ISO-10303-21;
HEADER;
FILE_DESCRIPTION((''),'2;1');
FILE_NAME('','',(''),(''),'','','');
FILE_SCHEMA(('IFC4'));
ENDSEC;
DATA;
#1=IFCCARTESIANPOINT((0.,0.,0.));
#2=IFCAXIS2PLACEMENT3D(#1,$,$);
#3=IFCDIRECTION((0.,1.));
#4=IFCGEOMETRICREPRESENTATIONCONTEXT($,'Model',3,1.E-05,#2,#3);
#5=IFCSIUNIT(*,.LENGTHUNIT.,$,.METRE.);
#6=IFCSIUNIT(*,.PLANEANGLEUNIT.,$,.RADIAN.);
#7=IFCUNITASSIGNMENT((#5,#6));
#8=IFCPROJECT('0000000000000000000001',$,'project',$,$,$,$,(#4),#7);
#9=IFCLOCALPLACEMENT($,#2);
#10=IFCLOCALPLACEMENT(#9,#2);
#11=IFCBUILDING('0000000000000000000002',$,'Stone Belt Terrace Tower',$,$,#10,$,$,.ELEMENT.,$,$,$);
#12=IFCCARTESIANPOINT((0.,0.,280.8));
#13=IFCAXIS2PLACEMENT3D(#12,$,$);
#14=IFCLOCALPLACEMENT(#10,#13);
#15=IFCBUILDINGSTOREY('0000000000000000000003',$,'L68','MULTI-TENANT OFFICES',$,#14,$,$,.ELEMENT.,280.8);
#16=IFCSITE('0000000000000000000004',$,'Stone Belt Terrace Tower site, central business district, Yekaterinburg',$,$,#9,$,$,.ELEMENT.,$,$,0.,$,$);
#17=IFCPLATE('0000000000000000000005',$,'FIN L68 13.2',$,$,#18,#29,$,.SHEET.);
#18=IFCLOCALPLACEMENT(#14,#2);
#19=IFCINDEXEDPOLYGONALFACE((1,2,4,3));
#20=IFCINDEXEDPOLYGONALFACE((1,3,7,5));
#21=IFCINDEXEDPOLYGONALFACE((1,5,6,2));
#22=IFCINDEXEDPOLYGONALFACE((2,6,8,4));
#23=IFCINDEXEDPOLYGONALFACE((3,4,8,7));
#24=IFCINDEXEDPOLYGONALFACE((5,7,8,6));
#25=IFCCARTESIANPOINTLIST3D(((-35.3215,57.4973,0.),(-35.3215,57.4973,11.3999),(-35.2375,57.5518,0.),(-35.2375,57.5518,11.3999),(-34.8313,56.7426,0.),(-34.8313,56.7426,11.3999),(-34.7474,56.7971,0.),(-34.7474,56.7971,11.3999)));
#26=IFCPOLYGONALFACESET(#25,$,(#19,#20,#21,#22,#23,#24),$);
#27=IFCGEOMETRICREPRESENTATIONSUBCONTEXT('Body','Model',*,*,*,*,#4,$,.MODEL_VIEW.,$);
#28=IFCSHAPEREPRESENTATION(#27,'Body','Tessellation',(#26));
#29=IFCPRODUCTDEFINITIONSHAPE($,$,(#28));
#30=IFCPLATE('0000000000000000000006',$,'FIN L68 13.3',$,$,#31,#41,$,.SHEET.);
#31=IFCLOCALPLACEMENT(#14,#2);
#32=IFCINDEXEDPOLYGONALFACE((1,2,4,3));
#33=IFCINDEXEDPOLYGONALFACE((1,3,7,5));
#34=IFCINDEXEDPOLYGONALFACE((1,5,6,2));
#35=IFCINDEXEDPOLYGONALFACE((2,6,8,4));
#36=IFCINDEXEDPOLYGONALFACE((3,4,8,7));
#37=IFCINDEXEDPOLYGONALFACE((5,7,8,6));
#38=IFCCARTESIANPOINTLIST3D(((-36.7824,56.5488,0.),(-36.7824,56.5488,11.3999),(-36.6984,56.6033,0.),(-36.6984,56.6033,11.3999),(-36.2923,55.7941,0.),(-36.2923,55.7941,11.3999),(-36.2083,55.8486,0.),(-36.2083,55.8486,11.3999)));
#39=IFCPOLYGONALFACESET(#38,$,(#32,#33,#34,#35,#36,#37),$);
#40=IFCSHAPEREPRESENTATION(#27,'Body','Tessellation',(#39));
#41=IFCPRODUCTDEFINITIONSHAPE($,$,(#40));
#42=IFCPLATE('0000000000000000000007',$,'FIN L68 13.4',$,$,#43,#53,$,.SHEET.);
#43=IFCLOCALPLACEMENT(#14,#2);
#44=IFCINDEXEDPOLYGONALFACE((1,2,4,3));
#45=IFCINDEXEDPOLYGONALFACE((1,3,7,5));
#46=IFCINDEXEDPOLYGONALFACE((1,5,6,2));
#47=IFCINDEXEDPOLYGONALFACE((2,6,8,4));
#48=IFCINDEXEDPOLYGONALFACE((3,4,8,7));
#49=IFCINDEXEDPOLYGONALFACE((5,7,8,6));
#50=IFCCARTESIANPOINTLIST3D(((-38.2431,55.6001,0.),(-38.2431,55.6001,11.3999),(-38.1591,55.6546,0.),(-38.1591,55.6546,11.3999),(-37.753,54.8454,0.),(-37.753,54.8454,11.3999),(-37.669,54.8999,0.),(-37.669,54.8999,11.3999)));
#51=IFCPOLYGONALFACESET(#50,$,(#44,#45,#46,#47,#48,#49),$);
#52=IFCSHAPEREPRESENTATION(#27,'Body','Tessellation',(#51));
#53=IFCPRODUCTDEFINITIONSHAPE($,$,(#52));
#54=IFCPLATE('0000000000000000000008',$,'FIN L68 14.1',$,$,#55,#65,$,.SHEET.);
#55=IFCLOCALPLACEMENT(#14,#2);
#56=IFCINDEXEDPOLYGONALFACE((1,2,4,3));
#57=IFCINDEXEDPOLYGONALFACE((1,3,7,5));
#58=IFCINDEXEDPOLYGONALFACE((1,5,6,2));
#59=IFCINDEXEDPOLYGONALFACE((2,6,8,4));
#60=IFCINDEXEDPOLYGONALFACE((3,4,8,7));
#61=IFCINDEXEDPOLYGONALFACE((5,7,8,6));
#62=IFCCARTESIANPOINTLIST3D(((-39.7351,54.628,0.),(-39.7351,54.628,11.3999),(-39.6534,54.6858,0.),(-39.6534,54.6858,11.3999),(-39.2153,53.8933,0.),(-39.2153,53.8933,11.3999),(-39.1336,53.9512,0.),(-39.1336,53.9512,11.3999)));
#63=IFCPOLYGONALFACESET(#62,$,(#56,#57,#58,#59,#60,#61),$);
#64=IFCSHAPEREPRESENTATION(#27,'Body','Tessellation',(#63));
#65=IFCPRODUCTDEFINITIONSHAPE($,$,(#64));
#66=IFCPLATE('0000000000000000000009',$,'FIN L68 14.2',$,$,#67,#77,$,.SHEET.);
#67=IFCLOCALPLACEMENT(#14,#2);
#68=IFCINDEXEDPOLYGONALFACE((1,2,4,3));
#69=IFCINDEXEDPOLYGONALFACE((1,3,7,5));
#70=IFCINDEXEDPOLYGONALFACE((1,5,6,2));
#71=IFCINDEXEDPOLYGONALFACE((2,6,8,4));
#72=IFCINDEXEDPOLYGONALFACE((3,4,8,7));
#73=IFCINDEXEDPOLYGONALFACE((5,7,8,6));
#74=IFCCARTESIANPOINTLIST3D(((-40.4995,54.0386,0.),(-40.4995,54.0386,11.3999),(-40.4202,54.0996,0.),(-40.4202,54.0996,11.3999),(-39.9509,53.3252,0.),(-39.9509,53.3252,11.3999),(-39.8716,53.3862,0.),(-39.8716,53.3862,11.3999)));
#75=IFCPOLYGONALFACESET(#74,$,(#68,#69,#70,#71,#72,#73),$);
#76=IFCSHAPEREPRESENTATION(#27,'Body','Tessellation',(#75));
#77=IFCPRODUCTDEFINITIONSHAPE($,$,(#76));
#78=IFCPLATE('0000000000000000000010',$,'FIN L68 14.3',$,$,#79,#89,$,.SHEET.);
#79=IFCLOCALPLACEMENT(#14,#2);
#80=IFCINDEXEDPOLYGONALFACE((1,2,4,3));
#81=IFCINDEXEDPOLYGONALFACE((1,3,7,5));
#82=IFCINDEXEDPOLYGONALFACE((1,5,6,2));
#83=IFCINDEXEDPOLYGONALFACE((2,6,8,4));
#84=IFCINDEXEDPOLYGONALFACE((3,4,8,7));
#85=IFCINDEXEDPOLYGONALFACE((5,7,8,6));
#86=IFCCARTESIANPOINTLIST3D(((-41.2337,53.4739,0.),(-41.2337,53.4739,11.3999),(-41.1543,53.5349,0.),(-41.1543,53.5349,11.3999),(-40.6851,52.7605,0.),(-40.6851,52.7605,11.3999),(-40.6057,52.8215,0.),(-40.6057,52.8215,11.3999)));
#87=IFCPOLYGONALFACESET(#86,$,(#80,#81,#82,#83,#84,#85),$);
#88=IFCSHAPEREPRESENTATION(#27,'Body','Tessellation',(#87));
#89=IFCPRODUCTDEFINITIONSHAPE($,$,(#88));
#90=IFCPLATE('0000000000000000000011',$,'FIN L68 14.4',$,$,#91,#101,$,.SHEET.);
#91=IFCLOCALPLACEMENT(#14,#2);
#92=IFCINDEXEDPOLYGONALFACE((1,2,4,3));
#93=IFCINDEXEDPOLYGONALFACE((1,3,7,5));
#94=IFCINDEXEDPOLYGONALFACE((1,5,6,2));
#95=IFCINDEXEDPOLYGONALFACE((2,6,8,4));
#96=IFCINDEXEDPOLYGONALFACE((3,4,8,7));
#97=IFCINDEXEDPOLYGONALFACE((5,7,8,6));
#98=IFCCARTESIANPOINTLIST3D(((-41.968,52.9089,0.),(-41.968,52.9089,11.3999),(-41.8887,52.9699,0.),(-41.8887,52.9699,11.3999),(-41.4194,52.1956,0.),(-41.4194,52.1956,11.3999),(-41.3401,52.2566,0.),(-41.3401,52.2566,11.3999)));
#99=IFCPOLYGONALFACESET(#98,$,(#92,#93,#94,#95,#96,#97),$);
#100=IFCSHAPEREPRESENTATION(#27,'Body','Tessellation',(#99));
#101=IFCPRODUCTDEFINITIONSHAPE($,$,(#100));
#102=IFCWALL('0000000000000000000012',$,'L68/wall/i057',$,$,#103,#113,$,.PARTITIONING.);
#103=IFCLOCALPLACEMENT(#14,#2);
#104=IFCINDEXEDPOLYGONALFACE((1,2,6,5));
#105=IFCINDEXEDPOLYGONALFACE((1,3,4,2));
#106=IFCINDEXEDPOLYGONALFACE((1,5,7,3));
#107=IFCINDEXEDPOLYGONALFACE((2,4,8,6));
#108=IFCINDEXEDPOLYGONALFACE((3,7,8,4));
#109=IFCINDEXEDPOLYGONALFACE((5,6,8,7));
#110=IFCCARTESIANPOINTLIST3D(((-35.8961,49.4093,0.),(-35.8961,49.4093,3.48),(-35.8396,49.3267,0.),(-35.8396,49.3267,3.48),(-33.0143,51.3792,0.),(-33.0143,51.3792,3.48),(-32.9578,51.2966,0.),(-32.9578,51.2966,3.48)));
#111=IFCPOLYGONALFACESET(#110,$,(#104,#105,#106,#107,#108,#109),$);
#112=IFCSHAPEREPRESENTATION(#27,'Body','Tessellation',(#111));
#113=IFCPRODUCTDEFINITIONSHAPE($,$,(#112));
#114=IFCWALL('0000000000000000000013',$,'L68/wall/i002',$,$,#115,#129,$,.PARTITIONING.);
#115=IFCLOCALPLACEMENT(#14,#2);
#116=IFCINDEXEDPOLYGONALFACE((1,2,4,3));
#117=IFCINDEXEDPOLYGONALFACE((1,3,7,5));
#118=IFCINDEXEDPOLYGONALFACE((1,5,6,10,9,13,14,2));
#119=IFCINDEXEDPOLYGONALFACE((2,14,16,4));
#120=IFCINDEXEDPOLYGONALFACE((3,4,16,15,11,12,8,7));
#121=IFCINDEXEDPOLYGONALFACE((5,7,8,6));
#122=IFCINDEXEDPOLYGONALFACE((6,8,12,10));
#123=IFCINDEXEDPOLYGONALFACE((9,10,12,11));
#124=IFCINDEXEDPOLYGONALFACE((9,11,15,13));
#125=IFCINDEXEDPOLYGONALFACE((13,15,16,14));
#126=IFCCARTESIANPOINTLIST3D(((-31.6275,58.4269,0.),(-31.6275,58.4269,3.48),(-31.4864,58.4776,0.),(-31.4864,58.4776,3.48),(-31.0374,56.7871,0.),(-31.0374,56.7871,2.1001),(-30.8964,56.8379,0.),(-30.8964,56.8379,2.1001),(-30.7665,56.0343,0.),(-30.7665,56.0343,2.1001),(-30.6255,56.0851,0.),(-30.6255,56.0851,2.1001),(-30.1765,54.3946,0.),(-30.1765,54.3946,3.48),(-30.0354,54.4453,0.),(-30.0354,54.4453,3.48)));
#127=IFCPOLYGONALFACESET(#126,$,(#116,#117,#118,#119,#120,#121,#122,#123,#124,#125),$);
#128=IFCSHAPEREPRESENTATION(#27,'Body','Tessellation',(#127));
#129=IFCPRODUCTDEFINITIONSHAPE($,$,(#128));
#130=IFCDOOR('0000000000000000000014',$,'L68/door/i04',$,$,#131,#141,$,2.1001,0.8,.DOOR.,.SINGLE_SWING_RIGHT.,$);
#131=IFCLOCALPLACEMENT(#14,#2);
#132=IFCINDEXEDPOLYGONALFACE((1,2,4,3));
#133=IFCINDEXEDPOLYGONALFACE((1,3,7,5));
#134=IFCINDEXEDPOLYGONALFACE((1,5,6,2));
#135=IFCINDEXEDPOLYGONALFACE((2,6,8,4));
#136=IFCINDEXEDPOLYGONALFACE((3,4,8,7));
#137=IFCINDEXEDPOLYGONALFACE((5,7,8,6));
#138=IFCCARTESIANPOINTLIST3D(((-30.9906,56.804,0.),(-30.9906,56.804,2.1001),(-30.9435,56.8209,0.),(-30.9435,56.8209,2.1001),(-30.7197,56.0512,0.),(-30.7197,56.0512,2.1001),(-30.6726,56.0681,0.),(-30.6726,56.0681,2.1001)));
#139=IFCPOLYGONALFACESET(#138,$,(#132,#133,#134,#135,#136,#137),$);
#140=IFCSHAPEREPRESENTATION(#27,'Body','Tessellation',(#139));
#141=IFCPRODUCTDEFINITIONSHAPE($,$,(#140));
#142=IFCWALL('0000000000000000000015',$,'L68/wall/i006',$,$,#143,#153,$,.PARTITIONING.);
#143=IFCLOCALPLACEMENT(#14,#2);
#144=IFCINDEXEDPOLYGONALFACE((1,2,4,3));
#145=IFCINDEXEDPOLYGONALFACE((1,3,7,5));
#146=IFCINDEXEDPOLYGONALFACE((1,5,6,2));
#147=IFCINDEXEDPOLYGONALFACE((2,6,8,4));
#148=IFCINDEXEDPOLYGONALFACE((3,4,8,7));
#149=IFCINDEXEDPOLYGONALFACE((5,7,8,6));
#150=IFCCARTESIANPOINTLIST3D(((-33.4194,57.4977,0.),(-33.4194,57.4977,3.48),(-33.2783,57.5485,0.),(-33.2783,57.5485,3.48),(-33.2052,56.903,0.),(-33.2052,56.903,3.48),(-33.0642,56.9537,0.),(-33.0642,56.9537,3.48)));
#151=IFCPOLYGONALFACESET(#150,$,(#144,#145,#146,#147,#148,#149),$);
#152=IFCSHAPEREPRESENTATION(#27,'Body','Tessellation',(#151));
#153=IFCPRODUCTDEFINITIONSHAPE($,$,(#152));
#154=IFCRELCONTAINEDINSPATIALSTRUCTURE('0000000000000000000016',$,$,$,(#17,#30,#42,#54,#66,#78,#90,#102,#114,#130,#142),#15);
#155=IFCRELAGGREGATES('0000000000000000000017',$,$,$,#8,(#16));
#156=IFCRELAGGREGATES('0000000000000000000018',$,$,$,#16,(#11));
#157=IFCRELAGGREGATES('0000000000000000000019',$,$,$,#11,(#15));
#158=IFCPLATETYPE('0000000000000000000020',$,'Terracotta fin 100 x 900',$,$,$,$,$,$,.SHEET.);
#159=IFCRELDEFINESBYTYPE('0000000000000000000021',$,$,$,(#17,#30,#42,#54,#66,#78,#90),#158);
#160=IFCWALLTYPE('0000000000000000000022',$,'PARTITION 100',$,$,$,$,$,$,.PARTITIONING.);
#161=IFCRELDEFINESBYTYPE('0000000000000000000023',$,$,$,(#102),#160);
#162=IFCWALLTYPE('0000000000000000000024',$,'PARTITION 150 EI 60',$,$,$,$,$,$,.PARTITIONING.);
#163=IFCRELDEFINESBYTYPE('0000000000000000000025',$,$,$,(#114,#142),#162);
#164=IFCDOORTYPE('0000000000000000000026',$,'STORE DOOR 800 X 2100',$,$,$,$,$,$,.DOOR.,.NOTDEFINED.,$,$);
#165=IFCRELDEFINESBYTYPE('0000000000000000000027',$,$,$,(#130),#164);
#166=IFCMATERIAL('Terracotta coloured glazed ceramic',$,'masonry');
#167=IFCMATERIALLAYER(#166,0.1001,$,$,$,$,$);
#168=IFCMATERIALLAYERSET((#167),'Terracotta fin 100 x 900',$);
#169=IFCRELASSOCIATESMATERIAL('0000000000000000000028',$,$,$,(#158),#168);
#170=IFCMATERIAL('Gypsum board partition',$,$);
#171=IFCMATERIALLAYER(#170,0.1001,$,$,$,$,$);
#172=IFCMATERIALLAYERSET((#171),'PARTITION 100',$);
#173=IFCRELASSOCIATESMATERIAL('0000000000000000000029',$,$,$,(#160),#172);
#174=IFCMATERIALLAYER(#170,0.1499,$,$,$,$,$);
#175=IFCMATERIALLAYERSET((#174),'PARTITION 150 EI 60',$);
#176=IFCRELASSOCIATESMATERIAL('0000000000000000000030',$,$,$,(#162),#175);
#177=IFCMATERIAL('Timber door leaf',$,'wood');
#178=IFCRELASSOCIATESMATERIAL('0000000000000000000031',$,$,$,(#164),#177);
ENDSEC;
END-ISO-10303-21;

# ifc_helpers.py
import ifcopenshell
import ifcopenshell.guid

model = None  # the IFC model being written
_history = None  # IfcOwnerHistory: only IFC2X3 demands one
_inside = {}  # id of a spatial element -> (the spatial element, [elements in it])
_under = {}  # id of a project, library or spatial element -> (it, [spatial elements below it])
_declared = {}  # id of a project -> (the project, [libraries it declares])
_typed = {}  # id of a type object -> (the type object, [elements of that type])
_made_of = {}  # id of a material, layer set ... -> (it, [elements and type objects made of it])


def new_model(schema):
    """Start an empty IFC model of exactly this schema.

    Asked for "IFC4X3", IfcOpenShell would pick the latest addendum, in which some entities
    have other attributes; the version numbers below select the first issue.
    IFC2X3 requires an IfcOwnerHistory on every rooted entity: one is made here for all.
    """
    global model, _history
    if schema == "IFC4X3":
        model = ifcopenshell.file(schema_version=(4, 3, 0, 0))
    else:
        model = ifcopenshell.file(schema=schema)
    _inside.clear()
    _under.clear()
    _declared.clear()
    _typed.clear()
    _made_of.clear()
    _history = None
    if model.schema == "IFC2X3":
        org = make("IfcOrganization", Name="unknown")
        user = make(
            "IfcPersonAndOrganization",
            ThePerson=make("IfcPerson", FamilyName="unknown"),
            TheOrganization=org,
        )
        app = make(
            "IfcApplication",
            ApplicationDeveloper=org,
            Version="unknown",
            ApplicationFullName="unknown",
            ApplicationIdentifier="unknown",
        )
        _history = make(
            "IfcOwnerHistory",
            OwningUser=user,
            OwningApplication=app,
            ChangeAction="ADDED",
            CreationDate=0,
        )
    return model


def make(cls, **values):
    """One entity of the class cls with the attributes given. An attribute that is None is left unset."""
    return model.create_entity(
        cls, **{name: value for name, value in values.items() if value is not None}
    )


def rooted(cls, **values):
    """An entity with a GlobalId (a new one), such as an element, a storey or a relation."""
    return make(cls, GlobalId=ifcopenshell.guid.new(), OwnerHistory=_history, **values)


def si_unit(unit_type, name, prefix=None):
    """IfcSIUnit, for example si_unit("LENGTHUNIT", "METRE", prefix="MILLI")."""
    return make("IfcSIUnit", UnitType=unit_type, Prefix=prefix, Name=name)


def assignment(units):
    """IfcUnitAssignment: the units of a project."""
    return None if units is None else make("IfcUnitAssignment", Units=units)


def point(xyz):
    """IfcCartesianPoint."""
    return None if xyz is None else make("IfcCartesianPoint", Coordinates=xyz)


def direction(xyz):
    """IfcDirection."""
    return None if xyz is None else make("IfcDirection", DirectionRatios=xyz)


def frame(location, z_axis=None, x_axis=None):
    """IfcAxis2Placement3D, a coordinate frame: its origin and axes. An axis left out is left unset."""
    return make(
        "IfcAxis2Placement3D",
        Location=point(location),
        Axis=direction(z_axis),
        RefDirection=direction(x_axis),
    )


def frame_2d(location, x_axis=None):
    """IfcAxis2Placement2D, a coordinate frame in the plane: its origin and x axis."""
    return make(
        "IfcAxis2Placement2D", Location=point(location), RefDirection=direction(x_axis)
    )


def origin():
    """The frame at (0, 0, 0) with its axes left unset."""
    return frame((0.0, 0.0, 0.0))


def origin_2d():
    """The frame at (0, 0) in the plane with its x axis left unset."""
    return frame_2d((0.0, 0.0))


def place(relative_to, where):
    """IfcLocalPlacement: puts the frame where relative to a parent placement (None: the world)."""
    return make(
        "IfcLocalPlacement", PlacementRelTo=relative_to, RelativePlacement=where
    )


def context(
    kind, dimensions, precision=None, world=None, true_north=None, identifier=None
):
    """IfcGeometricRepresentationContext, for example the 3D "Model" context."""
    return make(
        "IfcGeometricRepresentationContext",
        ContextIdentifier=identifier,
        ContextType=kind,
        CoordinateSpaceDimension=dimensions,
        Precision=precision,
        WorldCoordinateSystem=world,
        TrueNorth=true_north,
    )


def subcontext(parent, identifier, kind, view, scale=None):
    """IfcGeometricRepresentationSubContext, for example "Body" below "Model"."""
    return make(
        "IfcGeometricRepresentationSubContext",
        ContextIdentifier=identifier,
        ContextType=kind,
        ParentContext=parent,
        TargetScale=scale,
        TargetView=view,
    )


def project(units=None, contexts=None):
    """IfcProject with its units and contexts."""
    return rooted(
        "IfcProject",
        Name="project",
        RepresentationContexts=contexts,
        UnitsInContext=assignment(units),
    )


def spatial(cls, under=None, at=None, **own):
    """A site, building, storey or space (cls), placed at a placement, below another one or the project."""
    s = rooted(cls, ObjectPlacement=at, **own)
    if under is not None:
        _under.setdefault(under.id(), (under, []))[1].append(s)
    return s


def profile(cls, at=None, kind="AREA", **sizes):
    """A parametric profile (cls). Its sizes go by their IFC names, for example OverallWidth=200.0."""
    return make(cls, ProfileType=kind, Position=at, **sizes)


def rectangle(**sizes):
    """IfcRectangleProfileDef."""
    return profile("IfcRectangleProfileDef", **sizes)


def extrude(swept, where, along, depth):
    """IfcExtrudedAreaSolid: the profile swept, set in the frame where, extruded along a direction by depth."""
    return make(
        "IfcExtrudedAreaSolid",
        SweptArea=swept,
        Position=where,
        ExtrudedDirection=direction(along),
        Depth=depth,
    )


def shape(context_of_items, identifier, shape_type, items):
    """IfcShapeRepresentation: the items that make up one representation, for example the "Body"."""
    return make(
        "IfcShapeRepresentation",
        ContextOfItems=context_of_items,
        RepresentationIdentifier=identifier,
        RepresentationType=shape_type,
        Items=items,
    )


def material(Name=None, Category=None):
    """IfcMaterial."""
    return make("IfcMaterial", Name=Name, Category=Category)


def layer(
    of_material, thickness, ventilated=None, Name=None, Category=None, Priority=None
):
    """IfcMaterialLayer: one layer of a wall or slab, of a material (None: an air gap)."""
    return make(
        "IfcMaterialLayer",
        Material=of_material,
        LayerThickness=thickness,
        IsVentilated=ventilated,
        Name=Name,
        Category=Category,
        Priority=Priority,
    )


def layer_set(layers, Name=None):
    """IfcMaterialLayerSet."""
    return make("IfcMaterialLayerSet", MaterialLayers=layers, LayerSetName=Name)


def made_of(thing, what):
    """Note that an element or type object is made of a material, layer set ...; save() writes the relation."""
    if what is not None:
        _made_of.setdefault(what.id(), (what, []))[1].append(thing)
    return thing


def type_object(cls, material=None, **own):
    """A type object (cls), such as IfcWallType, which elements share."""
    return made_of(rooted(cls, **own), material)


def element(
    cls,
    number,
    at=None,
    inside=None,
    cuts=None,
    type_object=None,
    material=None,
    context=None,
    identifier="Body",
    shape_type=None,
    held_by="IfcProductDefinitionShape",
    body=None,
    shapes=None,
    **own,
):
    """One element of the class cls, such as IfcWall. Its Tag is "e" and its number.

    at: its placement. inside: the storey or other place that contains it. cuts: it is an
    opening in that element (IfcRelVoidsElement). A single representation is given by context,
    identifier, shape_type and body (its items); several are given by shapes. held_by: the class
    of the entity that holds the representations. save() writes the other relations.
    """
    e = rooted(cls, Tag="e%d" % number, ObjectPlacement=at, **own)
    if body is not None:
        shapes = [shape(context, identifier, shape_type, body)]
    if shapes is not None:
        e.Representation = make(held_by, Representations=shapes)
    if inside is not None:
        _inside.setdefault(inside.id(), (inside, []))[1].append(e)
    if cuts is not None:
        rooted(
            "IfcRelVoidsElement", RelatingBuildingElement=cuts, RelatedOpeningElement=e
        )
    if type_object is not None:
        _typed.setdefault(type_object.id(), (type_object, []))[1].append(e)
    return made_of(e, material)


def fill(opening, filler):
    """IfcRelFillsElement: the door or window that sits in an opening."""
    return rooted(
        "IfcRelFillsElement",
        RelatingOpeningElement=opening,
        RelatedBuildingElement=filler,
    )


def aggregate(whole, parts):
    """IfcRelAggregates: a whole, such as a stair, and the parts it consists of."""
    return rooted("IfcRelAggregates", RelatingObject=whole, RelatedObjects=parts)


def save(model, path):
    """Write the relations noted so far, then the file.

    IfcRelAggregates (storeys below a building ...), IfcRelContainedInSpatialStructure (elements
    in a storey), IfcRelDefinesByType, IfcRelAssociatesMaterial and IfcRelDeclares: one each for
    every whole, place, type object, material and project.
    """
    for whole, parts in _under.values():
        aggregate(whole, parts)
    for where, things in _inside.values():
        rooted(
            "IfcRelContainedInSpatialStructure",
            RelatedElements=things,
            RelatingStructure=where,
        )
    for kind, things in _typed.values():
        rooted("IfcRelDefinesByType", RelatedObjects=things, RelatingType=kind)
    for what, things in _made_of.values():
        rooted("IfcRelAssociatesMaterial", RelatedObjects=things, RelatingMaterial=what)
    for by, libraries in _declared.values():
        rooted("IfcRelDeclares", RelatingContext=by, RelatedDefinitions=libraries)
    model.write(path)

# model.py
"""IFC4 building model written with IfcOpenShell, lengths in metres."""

from ifc_helpers import new_model, si_unit, direction, frame, frame_2d, origin, origin_2d, place, context, subcontext, project, spatial, rectangle, extrude, material, layer, layer_set, type_object, element, fill, save


model = new_model("IFC4")

# Units and contexts
model_context = context("Model", 3, precision=1e-05, world=origin(), true_north=direction((0.0, 1.0)))
body_context = subcontext(model_context, "Body", "Model", "MODEL_VIEW")
ifc_project = project(units=[si_unit("LENGTHUNIT", "METRE"), si_unit("PLANEANGLEUNIT", "RADIAN")], contexts=[model_context])

# Site, building, storey
site_placement = place(None, origin())
site = spatial("IfcSite", under=ifc_project, at=site_placement, Name="Stone Belt Terrace Tower site, central business district, Yekaterinburg", CompositionType="ELEMENT", RefElevation=0.0)
building_placement = place(site_placement, origin())
building = spatial("IfcBuilding", under=site, at=building_placement, Name="Stone Belt Terrace Tower", CompositionType="ELEMENT")
storey_placement = place(building_placement, frame((0.0, 0.0, 280.8)))
storey = spatial("IfcBuildingStorey", under=building, at=storey_placement, Name="L68", Description="MULTI-TENANT OFFICES", CompositionType="ELEMENT", Elevation=280.8)

# Plates
ifc_material_1 = material(Name="Terracotta coloured glazed ceramic", Category="masonry")
ifc_layer_1 = layer(ifc_material_1, 0.1001)
ifc_layer_set_1 = layer_set([ifc_layer_1], Name="Terracotta fin 100 x 900")
plate_type_1 = type_object("IfcPlateType", Name="Terracotta fin 100 x 900", PredefinedType="SHEET", material=ifc_layer_set_1)
for number, where, z_axis, x_axis, name in (
    (1, (-35.0344, 57.1472, 0.0), (0.0, 0.0, 1.0), (-0.544639, 0.838671, 0.0), "FIN L68 13.2"),
    (2, (-36.4954, 56.1987, 0.0), (0.0, 0.0, 1.0), (-0.544639, 0.838671, 0.0), "FIN L68 13.3"),
    (3, (-37.9561, 55.25, 0.0), (0.0, 0.0, 1.0), (-0.544639, 0.838671, 0.0), "FIN L68 13.4"),
    (4, (-39.4343, 54.2896, 0.0), (0.0, 0.0, 1.0), (-0.577587, 0.816329, 0.0), "FIN L68 14.1"),
    (5, (-40.1855, 53.7124, 0.0), (0.0, 0.0, 1.0), (-0.60962, 0.792694, 0.0), "FIN L68 14.2"),
    (6, (-40.9197, 53.1477, 0.0), (0.0, 0.0, 1.0), (-0.60962, 0.792694, 0.0), "FIN L68 14.3"),
    (7, (-41.6541, 52.5828, 0.0), (0.0, 0.0, 1.0), (-0.60962, 0.792694, 0.0), "FIN L68 14.4"),
):
    element("IfcPlate", number, at=place(storey_placement, frame(where, z_axis=z_axis, x_axis=x_axis)), inside=storey, type_object=plate_type_1, Name=name, PredefinedType="SHEET", context=body_context, shape_type="SweptSolid", body=[
        extrude(rectangle(XDim=0.8999, YDim=0.1001, at=origin_2d()), origin(), (0.0, 0.0, 1.0), 11.3999),
    ])

# Wall
ifc_material_2 = material(Name="Gypsum board partition")
ifc_layer_2 = layer(ifc_material_2, 0.1001)
ifc_layer_set_2 = layer_set([ifc_layer_2], Name="PARTITION 100")
wall_type_1 = type_object("IfcWallType", Name="PARTITION 100", PredefinedType="PARTITIONING", material=ifc_layer_set_2)
wall_1_placement = place(storey_placement, frame((-32.9861, 51.3379, 0.0), z_axis=(0.0, 0.0, 1.0), x_axis=(-0.825549, -0.56433, 0.0)))
element("IfcWall", 8, at=wall_1_placement, inside=storey, type_object=wall_type_1, Name="L68/wall/i057", PredefinedType="PARTITIONING", context=body_context, shape_type="SweptSolid", body=[
    extrude(rectangle(XDim=3.4907, YDim=0.1001, at=frame_2d((1.7454, 0.0))), origin(), (0.0, 0.0, 1.0), 3.48),
])

# Wall, opening, door
ifc_layer_3 = layer(ifc_material_2, 0.1499)
ifc_layer_set_3 = layer_set([ifc_layer_3], Name="PARTITION 150 EI 60")
wall_type_2 = type_object("IfcWallType", Name="PARTITION 150 EI 60", PredefinedType="PARTITIONING", material=ifc_layer_set_3)
wall_2_placement = place(storey_placement, frame((-31.5569, 58.4521, 0.0), z_axis=(0.0, 0.0, 1.0), x_axis=(0.33858, -0.940938, 0.0)))
wall_2 = element("IfcWall", 9, at=wall_2_placement, inside=storey, type_object=wall_type_2, Name="L68/wall/i002", PredefinedType="PARTITIONING", context=body_context, shape_type="SweptSolid", body=[
    extrude(rectangle(XDim=4.2854, YDim=0.1499, at=frame_2d((2.1426, 0.0))), origin(), (0.0, 0.0, 1.0), 3.48),
])
opening_placement = place(wall_2_placement, frame((1.7427, 0.0, 0.0)))
opening = element("IfcOpeningElement", 10, at=opening_placement, cuts=wall_2, PredefinedType="OPENING", context=body_context, shape_type="SweptSolid", body=[
    extrude(rectangle(XDim=0.8, YDim=2.1001, at=frame_2d((0.3999, 1.05))), frame((0.0, 0.085, 0.0), z_axis=(0.0, -1.0, 0.0), x_axis=(1.0, 0.0, 0.0)), (0.0, 0.0, 1.0), 0.1699),
])
ifc_material_3 = material(Name="Timber door leaf", Category="wood")
door_type = type_object("IfcDoorType", Name="STORE DOOR 800 X 2100", OperationType="NOTDEFINED", PredefinedType="DOOR", material=ifc_material_3)
door_placement = place(opening_placement, origin())
door = element("IfcDoor", 11, at=door_placement, inside=storey, type_object=door_type, Name="L68/door/i04", OperationType="SINGLE_SWING_RIGHT", OverallHeight=2.1001, OverallWidth=0.8, PredefinedType="DOOR", context=body_context, shape_type="SweptSolid", body=[
    extrude(rectangle(XDim=0.8, YDim=2.1001, at=frame_2d((0.3999, 1.05))), frame((0.0, 0.0249, 0.0), z_axis=(0.0, -1.0, 0.0), x_axis=(1.0, 0.0, 0.0)), (0.0, 0.0, 1.0), 0.05),
])
fill(opening, door)

# Wall
wall_3_placement = place(storey_placement, frame((-33.1348, 56.9285, 0.0), z_axis=(0.0, 0.0, 1.0), x_axis=(-0.338733, 0.940882, 0.0)))
element("IfcWall", 12, at=wall_3_placement, inside=storey, type_object=wall_type_2, Name="L68/wall/i006", PredefinedType="PARTITIONING", context=body_context, shape_type="SweptSolid", body=[
    extrude(rectangle(XDim=0.6321, YDim=0.1499, at=frame_2d((0.3159, 0.0))), origin(), (0.0, 0.0, 1.0), 3.48),
])

save(model, "model.ifc")
